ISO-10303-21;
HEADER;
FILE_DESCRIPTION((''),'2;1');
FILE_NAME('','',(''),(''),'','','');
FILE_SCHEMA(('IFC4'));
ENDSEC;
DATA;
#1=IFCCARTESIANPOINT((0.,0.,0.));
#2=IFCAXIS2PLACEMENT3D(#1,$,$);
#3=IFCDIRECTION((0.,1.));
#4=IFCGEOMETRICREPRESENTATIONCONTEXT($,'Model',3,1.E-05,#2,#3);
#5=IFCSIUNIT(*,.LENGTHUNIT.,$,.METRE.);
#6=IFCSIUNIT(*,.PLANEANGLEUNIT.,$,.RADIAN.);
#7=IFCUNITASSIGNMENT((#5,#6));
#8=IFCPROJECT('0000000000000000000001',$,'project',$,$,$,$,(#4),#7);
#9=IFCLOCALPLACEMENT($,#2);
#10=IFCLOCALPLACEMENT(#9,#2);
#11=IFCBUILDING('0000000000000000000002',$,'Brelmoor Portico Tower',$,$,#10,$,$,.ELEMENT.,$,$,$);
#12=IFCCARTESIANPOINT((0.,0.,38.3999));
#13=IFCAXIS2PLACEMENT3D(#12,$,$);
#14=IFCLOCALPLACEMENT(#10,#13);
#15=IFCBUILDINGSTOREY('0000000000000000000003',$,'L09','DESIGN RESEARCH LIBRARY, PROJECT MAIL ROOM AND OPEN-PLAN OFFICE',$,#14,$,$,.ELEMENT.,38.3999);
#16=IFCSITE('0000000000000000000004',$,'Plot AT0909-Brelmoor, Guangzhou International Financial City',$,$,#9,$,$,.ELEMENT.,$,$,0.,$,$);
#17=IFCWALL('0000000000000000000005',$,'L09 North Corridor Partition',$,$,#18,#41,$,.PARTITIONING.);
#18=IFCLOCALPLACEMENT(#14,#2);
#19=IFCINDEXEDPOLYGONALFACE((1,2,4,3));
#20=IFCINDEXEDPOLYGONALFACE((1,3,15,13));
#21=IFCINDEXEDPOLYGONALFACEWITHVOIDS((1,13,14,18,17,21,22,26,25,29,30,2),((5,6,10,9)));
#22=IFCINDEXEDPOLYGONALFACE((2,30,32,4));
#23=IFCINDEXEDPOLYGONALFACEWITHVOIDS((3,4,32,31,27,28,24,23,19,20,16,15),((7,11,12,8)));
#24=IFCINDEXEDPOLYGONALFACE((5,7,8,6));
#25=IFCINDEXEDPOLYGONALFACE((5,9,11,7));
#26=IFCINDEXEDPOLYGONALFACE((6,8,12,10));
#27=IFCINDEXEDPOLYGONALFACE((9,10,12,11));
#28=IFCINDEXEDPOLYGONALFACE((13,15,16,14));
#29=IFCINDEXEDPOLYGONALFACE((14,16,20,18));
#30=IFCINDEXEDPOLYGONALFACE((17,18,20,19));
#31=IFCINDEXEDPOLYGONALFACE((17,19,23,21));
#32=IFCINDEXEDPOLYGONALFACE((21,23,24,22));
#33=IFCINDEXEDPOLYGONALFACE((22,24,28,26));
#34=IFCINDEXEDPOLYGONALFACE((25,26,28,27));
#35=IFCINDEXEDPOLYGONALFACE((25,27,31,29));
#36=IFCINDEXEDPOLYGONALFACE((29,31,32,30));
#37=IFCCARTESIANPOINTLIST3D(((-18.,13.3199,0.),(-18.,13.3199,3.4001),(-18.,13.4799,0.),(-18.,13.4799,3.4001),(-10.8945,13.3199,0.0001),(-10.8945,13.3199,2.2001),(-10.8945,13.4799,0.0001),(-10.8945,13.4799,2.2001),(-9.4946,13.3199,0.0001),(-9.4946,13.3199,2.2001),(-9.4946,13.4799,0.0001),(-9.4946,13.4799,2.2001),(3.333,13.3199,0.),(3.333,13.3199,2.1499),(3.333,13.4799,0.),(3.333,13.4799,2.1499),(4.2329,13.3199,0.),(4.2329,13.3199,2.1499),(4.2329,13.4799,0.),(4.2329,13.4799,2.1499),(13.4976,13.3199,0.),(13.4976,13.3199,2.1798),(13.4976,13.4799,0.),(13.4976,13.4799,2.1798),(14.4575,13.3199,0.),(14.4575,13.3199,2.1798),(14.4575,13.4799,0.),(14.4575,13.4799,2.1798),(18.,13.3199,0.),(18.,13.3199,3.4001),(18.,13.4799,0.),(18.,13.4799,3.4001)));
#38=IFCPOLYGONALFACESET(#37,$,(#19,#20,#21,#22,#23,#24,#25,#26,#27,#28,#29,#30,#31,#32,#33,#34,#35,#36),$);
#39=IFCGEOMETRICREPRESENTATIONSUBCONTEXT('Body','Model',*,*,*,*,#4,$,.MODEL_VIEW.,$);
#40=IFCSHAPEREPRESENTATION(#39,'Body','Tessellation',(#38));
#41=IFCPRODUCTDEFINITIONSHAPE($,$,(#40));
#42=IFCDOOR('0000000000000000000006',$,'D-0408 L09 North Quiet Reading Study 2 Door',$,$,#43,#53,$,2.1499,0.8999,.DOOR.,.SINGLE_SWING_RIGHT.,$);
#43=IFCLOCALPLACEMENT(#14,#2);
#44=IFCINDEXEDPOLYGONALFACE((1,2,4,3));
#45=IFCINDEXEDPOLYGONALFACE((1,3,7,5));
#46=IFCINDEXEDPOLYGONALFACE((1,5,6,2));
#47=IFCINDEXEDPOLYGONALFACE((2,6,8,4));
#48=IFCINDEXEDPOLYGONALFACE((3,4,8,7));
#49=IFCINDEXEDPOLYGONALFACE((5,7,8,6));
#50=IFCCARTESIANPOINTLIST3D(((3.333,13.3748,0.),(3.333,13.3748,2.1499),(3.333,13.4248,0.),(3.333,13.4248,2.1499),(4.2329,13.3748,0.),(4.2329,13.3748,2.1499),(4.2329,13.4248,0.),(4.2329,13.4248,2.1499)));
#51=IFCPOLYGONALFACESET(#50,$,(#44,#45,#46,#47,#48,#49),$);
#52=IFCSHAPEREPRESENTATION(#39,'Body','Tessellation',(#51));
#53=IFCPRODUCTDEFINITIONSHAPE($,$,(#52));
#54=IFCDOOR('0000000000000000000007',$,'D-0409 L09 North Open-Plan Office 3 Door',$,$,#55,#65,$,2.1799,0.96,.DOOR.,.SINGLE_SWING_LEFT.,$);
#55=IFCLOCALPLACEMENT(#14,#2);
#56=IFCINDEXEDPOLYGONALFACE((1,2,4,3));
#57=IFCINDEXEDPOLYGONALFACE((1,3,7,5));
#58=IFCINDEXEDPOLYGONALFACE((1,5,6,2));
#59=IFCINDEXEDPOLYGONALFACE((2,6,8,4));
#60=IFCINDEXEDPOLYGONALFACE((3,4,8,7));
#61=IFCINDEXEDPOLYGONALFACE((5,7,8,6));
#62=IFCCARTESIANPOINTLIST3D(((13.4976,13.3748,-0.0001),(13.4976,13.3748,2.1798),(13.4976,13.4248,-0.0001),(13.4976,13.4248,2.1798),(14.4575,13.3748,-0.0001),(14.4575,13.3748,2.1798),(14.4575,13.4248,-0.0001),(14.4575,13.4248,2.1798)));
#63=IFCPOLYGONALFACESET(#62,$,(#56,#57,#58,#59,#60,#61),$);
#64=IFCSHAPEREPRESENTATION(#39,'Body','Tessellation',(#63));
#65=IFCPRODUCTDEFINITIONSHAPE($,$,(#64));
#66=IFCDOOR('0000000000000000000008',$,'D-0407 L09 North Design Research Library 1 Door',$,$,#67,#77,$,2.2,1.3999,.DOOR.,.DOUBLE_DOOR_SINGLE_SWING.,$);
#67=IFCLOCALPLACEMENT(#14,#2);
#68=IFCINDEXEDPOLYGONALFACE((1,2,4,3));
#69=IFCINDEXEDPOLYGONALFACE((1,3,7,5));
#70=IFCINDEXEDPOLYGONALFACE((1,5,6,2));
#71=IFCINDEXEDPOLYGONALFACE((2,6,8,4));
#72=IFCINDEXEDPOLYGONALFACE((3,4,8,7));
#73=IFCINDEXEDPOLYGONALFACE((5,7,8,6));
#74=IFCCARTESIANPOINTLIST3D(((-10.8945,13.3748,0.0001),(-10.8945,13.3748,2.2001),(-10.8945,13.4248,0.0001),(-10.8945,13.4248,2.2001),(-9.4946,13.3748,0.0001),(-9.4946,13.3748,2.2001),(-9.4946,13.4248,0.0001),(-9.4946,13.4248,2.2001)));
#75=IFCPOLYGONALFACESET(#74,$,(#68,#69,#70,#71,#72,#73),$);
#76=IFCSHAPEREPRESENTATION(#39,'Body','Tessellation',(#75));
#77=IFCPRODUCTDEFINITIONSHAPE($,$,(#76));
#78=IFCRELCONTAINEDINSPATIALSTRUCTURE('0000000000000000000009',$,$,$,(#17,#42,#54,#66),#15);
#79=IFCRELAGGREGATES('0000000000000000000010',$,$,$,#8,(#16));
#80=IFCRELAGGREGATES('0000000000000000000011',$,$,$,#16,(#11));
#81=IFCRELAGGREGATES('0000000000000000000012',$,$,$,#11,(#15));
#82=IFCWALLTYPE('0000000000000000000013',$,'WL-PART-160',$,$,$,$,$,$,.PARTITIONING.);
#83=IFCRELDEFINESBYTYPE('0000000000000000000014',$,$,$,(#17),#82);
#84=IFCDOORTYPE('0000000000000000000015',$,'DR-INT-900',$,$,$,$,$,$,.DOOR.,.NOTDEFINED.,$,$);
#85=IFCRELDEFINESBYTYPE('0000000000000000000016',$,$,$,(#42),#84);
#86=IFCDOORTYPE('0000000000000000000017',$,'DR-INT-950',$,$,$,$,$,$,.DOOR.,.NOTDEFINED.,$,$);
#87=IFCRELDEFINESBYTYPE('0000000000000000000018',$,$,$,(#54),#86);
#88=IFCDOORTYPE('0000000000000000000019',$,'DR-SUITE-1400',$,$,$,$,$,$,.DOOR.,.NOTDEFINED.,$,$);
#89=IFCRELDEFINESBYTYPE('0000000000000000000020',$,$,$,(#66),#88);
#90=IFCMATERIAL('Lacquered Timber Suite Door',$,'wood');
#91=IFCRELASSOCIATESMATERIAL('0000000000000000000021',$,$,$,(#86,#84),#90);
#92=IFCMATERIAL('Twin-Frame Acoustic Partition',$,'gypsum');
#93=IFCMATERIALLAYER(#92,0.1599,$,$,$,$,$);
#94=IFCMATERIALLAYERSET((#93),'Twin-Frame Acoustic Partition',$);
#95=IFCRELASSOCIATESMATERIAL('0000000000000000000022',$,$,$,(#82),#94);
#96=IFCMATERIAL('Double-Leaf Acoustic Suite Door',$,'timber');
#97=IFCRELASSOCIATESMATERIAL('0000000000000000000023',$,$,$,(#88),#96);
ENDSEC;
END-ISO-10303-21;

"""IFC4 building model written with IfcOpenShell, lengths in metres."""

from ifc_helpers import new_model, si_unit, direction, frame, frame_2d, origin, place, context, subcontext, project, spatial, rectangle, extrude, material, layer, layer_set, type_object, element, fill, save


model = new_model("IFC4")

# Units and contexts
model_context = context("Model", 3, precision=1e-05, world=origin(), true_north=direction((0.0, 1.0)))
body_context = subcontext(model_context, "Body", "Model", "MODEL_VIEW")
ifc_project = project(units=[si_unit("LENGTHUNIT", "METRE"), si_unit("PLANEANGLEUNIT", "RADIAN")], contexts=[model_context])

# Site, building, storey
site_placement = place(None, origin())
site = spatial("IfcSite", under=ifc_project, at=site_placement, Name="Plot AT0909-Brelmoor, Guangzhou International Financial City", CompositionType="ELEMENT", RefElevation=0.0)
building_placement = place(site_placement, origin())
building = spatial("IfcBuilding", under=site, at=building_placement, Name="Brelmoor Portico Tower", CompositionType="ELEMENT")
storey_placement = place(building_placement, frame((0.0, 0.0, 38.3999)))
storey = spatial("IfcBuildingStorey", under=building, at=storey_placement, Name="L09", Description="DESIGN RESEARCH LIBRARY, PROJECT MAIL ROOM AND OPEN-PLAN OFFICE", CompositionType="ELEMENT", Elevation=38.3999)

# Shared definitions
ifc_material_1 = material(Name="Lacquered Timber Suite Door", Category="wood")
door_type_1 = type_object("IfcDoorType", Name="DR-INT-950", OperationType="NOTDEFINED", PredefinedType="DOOR", material=ifc_material_1)

# Wall, openings, doors
ifc_material_2 = material(Name="Twin-Frame Acoustic Partition", Category="gypsum")
ifc_layer_1 = layer(ifc_material_2, 0.1599)
ifc_layer_set_1 = layer_set([ifc_layer_1], Name="Twin-Frame Acoustic Partition")
wall_type_1 = type_object("IfcWallType", Name="WL-PART-160", PredefinedType="PARTITIONING", material=ifc_layer_set_1)
wall_1_placement = place(storey_placement, frame((-18.0, 13.3999, 0.0), z_axis=(0.0, 0.0, 1.0), x_axis=(1.0, 0.0, 0.0)))
wall_1 = element("IfcWall", 1, at=wall_1_placement, inside=storey, type_object=wall_type_1, Name="L09 North Corridor Partition", PredefinedType="PARTITIONING", context=body_context, shape_type="SweptSolid", body=[
    extrude(rectangle(XDim=36.0, YDim=0.1599, at=frame_2d((18.0, 0.0))), origin(), (0.0, 0.0, 1.0), 3.4001),
])
opening_1_placement = place(wall_1_placement, frame((7.1055, 0.0, 0.0)))
opening_1 = element("IfcOpeningElement", 2, at=opening_1_placement, cuts=wall_1, PredefinedType="OPENING", context=body_context, shape_type="SweptSolid", body=[
    extrude(rectangle(XDim=1.3999, YDim=2.2, at=frame_2d((0.7, 1.1001))), frame((0.0, 0.0898, 0.0), z_axis=(0.0, -1.0, 0.0), x_axis=(1.0, 0.0, 0.0)), (0.0, 0.0, 1.0), 0.1799),
])
opening_2_placement = place(wall_1_placement, frame((21.333, 0.0, 0.0)))
opening_2 = element("IfcOpeningElement", 3, at=opening_2_placement, cuts=wall_1, PredefinedType="OPENING", context=body_context, shape_type="SweptSolid", body=[
    extrude(rectangle(XDim=0.8999, YDim=2.1499, at=frame_2d((0.45, 1.075))), frame((0.0, 0.0898, 0.0), z_axis=(0.0, -1.0, 0.0), x_axis=(1.0, 0.0, 0.0)), (0.0, 0.0, 1.0), 0.1799),
])
opening_3_placement = place(wall_1_placement, frame((31.4976, 0.0, 0.0)))
opening_3 = element("IfcOpeningElement", 4, at=opening_3_placement, cuts=wall_1, PredefinedType="OPENING", context=body_context, shape_type="SweptSolid", body=[
    extrude(rectangle(XDim=0.96, YDim=2.1799, at=frame_2d((0.48, 1.0898))), frame((0.0, 0.0898, 0.0), z_axis=(0.0, -1.0, 0.0), x_axis=(1.0, 0.0, 0.0)), (0.0, 0.0, 1.0), 0.1799),
])
door_type_2 = type_object("IfcDoorType", Name="DR-INT-900", OperationType="NOTDEFINED", PredefinedType="DOOR", material=ifc_material_1)
door_1_placement = place(opening_2_placement, origin())
door_1 = element("IfcDoor", 5, at=door_1_placement, inside=storey, type_object=door_type_2, Name="D-0408 L09 North Quiet Reading Study 2 Door", OperationType="SINGLE_SWING_RIGHT", OverallHeight=2.1499, OverallWidth=0.8999, PredefinedType="DOOR", context=body_context, shape_type="SweptSolid", body=[
    extrude(rectangle(XDim=0.8999, YDim=2.1499, at=frame_2d((0.45, 1.075))), frame((0.0, 0.0249, 0.0), z_axis=(0.0, -1.0, 0.0), x_axis=(1.0, 0.0, 0.0)), (0.0, 0.0, 1.0), 0.05),
])
fill(opening_2, door_1)
door_2_placement = place(opening_3_placement, origin())
door_2 = element("IfcDoor", 6, at=door_2_placement, inside=storey, type_object=door_type_1, Name="D-0409 L09 North Open-Plan Office 3 Door", OperationType="SINGLE_SWING_LEFT", OverallHeight=2.1799, OverallWidth=0.96, PredefinedType="DOOR", context=body_context, shape_type="SweptSolid", body=[
    extrude(rectangle(XDim=0.96, YDim=2.1799, at=frame_2d((0.48, 1.0898))), frame((0.0, 0.0249, 0.0), z_axis=(0.0, -1.0, 0.0), x_axis=(1.0, 0.0, 0.0)), (0.0, 0.0, 1.0), 0.05),
])
fill(opening_3, door_2)
ifc_material_3 = material(Name="Double-Leaf Acoustic Suite Door", Category="timber")
door_type_3 = type_object("IfcDoorType", Name="DR-SUITE-1400", OperationType="NOTDEFINED", PredefinedType="DOOR", material=ifc_material_3)
door_3_placement = place(opening_1_placement, origin())
door_3 = element("IfcDoor", 7, at=door_3_placement, inside=storey, type_object=door_type_3, Name="D-0407 L09 North Design Research Library 1 Door", OperationType="DOUBLE_DOOR_SINGLE_SWING", OverallHeight=2.2, OverallWidth=1.3999, PredefinedType="DOOR", context=body_context, shape_type="SweptSolid", body=[
    extrude(rectangle(XDim=1.3999, YDim=2.2, at=frame_2d((0.7, 1.1001))), frame((0.0, 0.0249, 0.0), z_axis=(0.0, -1.0, 0.0), x_axis=(1.0, 0.0, 0.0)), (0.0, 0.0, 1.0), 0.05),
])
fill(opening_1, door_3)

save(model, "model.ifc")
